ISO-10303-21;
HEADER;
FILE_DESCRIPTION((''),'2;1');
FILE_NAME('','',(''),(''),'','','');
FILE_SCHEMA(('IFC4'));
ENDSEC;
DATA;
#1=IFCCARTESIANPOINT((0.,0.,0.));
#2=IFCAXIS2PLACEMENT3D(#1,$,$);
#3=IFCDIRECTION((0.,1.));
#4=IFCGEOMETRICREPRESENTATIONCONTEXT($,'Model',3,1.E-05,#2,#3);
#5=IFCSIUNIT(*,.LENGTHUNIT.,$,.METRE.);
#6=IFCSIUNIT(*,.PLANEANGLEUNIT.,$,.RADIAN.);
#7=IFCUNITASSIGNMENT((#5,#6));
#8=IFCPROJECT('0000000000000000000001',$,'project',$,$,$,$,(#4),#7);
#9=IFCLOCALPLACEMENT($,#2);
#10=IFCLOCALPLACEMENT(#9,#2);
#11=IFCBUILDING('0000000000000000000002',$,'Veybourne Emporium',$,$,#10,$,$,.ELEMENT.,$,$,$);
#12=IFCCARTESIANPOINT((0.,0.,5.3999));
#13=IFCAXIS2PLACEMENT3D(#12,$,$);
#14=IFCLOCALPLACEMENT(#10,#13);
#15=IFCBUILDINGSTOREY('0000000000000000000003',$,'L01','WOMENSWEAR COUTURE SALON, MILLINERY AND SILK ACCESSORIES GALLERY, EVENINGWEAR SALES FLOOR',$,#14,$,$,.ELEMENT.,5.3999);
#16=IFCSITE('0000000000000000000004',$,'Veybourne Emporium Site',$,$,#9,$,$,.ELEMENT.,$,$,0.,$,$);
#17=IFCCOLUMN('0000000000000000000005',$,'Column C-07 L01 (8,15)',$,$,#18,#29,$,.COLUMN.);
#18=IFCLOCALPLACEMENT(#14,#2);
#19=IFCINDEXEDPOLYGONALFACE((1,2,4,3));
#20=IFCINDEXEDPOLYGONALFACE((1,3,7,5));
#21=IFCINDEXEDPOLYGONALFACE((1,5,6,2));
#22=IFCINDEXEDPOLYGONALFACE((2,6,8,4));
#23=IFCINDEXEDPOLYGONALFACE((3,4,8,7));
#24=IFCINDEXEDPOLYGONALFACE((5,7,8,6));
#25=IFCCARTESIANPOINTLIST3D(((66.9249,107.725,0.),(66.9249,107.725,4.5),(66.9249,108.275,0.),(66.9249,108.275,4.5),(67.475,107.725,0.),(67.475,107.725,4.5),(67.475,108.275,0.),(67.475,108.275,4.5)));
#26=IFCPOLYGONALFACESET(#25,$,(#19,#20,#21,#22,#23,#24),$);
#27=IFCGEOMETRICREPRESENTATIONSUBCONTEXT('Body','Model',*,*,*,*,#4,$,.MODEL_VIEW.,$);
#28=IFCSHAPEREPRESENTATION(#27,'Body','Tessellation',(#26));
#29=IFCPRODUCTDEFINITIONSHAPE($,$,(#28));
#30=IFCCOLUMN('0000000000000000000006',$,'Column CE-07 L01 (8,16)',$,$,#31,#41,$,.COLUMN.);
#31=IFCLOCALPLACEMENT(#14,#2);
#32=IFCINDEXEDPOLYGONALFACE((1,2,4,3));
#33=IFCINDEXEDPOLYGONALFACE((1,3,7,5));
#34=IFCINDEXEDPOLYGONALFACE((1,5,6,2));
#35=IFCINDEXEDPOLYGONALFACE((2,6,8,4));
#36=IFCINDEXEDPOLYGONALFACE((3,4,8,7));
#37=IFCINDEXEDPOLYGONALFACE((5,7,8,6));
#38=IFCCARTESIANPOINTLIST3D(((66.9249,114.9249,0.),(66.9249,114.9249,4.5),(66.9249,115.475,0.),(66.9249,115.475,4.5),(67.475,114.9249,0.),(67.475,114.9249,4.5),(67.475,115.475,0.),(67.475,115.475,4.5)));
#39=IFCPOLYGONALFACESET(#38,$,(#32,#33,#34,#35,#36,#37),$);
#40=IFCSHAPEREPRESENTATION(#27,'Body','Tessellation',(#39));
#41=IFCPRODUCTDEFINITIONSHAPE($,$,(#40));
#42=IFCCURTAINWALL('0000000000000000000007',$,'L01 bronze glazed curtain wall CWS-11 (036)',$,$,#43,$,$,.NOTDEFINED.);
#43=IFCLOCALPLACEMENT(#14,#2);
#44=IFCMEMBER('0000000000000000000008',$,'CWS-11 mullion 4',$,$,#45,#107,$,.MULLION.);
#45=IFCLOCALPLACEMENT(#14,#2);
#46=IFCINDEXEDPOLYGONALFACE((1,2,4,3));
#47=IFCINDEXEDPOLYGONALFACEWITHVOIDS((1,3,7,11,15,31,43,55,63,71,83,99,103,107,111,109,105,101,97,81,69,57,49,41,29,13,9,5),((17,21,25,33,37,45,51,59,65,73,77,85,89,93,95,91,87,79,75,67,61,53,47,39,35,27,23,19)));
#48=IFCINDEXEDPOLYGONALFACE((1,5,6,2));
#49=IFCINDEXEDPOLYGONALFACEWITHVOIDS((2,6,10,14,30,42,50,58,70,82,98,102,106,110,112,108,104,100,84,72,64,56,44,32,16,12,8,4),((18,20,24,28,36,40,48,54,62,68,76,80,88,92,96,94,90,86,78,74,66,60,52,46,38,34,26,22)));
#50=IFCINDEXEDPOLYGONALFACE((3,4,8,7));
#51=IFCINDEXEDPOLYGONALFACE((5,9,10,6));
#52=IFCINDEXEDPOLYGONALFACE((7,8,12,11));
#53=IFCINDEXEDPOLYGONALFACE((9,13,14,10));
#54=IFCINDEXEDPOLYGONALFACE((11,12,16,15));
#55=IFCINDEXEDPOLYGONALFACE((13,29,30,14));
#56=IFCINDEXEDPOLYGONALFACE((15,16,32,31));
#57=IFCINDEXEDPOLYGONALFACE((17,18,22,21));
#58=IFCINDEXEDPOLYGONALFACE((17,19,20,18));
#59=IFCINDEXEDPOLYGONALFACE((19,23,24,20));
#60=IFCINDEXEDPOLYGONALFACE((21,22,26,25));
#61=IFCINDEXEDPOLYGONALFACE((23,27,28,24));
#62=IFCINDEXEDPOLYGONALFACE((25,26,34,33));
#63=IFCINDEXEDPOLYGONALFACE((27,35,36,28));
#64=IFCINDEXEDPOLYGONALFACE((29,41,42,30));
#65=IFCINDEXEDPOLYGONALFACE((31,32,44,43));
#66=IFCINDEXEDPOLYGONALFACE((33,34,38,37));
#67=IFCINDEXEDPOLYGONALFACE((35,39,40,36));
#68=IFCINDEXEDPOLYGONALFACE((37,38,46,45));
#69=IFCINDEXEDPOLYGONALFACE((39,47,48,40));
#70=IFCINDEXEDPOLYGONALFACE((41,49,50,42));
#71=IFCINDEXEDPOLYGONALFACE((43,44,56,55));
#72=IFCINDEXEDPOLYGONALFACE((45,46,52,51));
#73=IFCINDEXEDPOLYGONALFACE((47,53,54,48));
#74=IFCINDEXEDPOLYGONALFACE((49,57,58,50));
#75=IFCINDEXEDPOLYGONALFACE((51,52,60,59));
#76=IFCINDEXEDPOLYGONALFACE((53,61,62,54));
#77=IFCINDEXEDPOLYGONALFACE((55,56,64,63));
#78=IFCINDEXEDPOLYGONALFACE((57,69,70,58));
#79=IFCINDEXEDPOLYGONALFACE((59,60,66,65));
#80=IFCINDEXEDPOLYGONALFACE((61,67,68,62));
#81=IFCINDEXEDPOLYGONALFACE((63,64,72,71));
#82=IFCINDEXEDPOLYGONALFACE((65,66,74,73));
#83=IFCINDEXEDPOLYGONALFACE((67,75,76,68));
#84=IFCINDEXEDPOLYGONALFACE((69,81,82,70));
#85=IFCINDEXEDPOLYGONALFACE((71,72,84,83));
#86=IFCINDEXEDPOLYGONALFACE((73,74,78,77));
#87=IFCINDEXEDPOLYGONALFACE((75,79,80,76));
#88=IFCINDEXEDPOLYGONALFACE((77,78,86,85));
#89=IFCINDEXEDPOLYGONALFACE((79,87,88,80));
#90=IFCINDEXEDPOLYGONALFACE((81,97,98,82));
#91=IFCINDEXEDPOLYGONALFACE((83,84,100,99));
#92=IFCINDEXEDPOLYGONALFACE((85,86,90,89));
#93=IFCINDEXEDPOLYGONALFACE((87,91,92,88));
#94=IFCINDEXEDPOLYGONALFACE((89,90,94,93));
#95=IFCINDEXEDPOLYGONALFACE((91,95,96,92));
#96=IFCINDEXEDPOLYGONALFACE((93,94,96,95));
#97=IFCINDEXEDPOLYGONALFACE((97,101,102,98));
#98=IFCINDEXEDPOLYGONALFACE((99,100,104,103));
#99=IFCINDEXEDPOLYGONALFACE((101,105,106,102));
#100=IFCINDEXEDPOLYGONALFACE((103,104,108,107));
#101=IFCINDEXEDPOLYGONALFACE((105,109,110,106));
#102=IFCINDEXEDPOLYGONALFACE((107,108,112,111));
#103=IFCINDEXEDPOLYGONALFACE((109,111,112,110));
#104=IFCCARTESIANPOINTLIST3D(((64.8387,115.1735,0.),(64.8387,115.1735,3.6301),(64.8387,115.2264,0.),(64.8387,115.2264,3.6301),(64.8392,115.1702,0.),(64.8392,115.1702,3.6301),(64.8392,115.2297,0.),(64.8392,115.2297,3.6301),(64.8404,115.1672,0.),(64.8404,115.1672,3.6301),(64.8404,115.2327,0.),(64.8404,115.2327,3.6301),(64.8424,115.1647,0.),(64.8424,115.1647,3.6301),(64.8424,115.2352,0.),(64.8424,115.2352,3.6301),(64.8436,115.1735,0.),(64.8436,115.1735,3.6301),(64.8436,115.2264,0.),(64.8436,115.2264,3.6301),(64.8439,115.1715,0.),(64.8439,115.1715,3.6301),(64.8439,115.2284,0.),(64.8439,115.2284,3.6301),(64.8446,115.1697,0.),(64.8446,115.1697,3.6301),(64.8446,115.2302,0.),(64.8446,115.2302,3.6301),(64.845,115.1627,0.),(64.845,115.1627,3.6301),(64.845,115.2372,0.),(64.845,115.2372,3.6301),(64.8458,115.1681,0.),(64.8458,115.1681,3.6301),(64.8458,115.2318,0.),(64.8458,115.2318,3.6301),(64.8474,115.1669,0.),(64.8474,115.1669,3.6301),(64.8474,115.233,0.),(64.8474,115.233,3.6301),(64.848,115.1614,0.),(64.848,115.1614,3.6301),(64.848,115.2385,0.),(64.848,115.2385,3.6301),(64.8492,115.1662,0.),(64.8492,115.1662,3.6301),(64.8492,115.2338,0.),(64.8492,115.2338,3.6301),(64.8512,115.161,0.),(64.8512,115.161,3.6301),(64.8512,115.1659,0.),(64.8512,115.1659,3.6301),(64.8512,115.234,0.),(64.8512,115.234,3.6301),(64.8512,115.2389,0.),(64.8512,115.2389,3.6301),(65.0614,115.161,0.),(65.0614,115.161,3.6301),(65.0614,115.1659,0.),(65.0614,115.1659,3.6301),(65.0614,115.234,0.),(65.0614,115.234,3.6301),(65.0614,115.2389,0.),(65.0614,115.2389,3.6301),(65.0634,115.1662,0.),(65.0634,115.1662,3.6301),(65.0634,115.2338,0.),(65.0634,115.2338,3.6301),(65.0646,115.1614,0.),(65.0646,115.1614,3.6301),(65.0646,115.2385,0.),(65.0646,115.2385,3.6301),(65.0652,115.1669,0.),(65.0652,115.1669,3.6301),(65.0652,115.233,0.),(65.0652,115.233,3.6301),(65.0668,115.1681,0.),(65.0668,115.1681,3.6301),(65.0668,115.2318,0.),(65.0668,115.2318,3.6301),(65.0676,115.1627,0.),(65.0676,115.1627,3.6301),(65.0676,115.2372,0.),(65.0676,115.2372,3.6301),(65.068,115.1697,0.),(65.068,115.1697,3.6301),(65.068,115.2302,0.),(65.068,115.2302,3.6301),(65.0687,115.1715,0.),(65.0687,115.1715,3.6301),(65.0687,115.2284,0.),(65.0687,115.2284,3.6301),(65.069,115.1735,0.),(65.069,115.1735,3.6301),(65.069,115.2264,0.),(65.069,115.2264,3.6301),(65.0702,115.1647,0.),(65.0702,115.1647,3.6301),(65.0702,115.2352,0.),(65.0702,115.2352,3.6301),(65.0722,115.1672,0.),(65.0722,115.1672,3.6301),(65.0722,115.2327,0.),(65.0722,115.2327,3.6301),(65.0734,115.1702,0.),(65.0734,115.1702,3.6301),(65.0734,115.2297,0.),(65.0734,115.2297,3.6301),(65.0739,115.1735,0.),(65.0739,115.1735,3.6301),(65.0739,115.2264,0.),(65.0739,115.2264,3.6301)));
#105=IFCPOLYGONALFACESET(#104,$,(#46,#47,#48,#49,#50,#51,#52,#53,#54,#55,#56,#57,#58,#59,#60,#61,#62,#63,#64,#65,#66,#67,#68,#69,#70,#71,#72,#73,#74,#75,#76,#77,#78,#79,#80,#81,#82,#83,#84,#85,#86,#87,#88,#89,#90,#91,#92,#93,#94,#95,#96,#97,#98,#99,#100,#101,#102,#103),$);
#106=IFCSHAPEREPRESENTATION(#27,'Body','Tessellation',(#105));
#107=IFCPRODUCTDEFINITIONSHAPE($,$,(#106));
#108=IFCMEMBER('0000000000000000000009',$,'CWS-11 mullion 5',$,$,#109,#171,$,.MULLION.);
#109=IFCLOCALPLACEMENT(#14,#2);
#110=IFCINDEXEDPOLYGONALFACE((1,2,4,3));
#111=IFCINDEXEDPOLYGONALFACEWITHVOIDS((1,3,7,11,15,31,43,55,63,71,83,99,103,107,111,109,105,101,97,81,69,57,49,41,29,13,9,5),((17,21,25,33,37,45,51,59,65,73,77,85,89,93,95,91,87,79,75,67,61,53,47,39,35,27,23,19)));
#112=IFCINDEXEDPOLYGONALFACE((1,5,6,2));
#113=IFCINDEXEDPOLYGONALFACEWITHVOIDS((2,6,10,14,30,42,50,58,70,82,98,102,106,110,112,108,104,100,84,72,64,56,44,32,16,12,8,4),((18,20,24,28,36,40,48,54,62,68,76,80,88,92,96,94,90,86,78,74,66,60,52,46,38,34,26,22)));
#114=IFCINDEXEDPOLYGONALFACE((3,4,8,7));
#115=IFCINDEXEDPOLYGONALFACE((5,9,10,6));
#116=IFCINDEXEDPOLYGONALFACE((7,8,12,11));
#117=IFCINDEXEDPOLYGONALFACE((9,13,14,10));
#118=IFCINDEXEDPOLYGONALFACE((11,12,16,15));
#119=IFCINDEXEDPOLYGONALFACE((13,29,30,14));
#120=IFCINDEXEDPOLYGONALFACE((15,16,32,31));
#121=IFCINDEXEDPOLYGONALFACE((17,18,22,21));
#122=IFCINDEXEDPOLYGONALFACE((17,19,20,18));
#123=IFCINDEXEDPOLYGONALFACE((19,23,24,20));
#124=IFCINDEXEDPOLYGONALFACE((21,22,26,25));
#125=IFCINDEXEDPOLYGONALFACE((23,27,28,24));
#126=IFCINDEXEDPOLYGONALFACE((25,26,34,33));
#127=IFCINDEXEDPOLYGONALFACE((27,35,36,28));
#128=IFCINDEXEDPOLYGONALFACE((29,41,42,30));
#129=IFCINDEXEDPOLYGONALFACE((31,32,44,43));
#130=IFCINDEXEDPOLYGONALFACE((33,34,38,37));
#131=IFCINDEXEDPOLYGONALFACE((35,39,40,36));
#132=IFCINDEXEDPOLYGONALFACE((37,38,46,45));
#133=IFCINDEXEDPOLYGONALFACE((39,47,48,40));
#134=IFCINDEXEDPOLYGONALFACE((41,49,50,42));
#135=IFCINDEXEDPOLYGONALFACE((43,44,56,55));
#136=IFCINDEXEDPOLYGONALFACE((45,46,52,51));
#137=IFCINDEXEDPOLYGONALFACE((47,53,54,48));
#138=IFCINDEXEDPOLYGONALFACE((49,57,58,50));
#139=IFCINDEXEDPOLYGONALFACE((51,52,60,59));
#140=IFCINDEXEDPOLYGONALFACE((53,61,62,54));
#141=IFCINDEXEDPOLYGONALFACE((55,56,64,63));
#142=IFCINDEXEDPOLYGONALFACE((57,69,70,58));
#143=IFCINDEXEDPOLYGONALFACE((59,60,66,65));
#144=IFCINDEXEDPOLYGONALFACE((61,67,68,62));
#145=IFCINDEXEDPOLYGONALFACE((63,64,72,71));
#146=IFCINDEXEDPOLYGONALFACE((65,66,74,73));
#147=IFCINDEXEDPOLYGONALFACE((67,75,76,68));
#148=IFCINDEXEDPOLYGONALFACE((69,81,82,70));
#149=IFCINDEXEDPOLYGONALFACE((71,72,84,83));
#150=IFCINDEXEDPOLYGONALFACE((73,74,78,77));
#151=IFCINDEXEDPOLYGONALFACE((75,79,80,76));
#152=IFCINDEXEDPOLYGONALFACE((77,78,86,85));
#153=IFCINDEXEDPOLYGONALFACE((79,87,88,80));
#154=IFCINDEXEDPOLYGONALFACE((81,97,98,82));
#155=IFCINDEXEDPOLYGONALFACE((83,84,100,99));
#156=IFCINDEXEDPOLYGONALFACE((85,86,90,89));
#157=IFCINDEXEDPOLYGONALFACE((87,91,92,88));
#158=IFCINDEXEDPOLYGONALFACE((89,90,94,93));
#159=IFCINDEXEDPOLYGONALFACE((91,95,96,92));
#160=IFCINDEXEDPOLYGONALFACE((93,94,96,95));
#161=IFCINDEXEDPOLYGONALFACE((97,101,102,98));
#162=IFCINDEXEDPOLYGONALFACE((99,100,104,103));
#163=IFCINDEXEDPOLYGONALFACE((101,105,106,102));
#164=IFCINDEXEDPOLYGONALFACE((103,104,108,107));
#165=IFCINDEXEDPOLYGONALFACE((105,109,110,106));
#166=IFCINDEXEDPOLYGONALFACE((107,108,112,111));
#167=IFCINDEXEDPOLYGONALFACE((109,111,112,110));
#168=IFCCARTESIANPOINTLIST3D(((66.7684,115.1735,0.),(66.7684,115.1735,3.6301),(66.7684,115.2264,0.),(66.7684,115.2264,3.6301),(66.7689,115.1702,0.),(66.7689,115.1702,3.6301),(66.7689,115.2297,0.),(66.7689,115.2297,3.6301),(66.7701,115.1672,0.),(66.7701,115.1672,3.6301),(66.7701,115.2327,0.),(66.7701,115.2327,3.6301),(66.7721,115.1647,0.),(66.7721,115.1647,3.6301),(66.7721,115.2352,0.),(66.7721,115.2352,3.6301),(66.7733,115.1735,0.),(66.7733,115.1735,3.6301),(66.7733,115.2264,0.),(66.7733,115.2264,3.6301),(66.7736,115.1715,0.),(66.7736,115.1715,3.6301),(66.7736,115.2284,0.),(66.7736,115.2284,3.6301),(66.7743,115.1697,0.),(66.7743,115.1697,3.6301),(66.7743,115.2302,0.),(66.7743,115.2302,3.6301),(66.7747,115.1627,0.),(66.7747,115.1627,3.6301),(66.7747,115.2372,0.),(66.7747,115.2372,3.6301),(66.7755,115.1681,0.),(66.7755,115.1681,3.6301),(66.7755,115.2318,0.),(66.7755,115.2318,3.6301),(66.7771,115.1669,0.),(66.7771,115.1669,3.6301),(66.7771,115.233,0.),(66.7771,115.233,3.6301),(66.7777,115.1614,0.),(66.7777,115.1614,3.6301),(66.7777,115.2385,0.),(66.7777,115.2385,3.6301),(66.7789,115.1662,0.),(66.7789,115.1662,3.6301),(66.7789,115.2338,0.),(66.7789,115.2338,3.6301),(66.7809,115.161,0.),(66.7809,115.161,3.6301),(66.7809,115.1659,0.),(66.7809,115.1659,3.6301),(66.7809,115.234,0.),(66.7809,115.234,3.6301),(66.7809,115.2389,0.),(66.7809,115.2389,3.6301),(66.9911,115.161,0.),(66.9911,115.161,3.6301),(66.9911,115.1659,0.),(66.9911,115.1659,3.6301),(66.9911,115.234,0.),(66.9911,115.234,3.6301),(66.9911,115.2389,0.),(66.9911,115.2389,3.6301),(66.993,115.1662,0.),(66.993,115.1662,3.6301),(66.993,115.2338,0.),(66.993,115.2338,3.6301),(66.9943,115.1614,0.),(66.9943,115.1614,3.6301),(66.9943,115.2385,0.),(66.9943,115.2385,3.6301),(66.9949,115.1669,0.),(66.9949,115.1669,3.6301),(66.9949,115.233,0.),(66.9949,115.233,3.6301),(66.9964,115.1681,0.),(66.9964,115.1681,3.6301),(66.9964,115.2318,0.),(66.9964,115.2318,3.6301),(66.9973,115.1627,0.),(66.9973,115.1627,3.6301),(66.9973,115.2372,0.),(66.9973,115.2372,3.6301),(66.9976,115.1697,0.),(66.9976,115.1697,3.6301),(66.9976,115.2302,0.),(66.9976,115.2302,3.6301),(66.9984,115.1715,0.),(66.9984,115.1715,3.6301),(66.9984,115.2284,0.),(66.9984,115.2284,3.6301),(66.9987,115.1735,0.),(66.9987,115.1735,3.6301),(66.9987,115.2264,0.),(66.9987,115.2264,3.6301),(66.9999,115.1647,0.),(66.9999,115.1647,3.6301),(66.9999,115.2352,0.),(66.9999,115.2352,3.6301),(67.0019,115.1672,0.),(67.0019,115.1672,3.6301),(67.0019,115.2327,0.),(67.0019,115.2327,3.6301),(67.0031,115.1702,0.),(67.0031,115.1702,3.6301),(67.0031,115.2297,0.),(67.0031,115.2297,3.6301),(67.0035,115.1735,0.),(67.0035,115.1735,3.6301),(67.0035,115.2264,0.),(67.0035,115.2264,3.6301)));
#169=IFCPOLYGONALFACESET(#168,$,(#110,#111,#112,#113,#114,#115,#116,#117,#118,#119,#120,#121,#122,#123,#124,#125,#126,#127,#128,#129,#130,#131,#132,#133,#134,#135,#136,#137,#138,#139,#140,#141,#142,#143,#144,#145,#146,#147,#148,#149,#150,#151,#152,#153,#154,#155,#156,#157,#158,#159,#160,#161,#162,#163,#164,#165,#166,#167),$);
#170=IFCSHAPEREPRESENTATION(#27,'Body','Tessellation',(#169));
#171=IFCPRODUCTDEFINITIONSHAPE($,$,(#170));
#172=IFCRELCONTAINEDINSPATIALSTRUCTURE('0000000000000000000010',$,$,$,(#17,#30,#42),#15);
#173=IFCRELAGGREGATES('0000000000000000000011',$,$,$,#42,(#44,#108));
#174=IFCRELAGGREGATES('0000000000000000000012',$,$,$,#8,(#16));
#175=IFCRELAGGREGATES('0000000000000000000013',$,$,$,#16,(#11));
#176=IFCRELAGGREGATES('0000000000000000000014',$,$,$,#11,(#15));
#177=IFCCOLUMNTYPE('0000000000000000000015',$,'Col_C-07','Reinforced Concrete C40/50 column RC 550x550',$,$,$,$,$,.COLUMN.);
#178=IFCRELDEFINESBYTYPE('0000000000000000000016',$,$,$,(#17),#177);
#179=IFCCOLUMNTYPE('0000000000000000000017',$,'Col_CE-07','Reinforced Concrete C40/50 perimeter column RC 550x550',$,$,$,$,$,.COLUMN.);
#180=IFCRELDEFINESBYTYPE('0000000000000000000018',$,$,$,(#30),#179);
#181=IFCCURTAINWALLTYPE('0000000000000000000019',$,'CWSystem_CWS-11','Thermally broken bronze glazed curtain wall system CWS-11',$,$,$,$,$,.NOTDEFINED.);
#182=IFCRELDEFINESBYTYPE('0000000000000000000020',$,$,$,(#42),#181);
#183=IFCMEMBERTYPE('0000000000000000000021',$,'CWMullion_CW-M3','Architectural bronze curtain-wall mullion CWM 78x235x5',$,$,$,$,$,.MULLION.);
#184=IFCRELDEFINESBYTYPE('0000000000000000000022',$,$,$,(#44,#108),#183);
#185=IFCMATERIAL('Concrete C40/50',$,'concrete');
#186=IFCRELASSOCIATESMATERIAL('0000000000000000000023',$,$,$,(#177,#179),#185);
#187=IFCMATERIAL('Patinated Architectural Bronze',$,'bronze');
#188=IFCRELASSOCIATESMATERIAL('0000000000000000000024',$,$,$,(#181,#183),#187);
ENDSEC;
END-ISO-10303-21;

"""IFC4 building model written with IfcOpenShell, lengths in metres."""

from ifc_helpers import new_model, si_unit, direction, frame, origin, origin_2d, place, context, subcontext, project, spatial, rectangle, hollow_rectangle, extrude, material, material_profile, profile_set, type_object, element, aggregate, save


model = new_model("IFC4")

# Units and contexts
model_context = context("Model", 3, precision=1e-05, world=origin(), true_north=direction((0.0, 1.0)))
body_context = subcontext(model_context, "Body", "Model", "MODEL_VIEW")
ifc_project = project(units=[si_unit("LENGTHUNIT", "METRE"), si_unit("PLANEANGLEUNIT", "RADIAN")], contexts=[model_context])

# Site, building, storey
site_placement = place(None, origin())
site = spatial("IfcSite", under=ifc_project, at=site_placement, Name="Veybourne Emporium Site", CompositionType="ELEMENT", RefElevation=0.0)
building_placement = place(site_placement, origin())
building = spatial("IfcBuilding", under=site, at=building_placement, Name="Veybourne Emporium", CompositionType="ELEMENT")
storey_placement = place(building_placement, frame((0.0, 0.0, 5.3999)))
storey = spatial("IfcBuildingStorey", under=building, at=storey_placement, Name="L01", Description="WOMENSWEAR COUTURE SALON, MILLINERY AND SILK ACCESSORIES GALLERY, EVENINGWEAR SALES FLOOR", CompositionType="ELEMENT", Elevation=5.3999)

# Columns
ifc_material_1 = material(Name="Concrete C40/50", Category="concrete")
ifc_material_profile_1 = material_profile(ifc_material_1, rectangle(XDim=0.55, YDim=0.55, at=origin_2d()), Name="RC 550x550")
ifc_profile_set_1 = profile_set([ifc_material_profile_1], Name="Concrete C40/50")
column_type_1 = type_object("IfcColumnType", Name="Col_C-07", Description="Reinforced Concrete C40/50 column RC 550x550", PredefinedType="COLUMN", material=ifc_profile_set_1)
column_1_placement = place(storey_placement, frame((67.2, 108.0, 0.0), z_axis=(0.0, 0.0, 1.0), x_axis=(1.0, 0.0, 0.0)))
element("IfcColumn", 1, at=column_1_placement, inside=storey, type_object=column_type_1, Name="Column C-07 L01 (8,15)", PredefinedType="COLUMN", context=body_context, shape_type="SweptSolid", body=[
    extrude(rectangle(XDim=0.55, YDim=0.55, at=origin_2d()), origin(), (0.0, 0.0, 1.0), 4.5),
])
ifc_material_profile_2 = material_profile(ifc_material_1, rectangle(XDim=0.55, YDim=0.55, at=origin_2d()), Name="RC 550x550")
ifc_profile_set_2 = profile_set([ifc_material_profile_2], Name="Concrete C40/50")
column_type_2 = type_object("IfcColumnType", Name="Col_CE-07", Description="Reinforced Concrete C40/50 perimeter column RC 550x550", PredefinedType="COLUMN", material=ifc_profile_set_2)
column_2_placement = place(storey_placement, frame((67.2, 115.2, 0.0), z_axis=(0.0, 0.0, 1.0), x_axis=(1.0, 0.0, 0.0)))
element("IfcColumn", 2, at=column_2_placement, inside=storey, type_object=column_type_2, Name="Column CE-07 L01 (8,16)", PredefinedType="COLUMN", context=body_context, shape_type="SweptSolid", body=[
    extrude(rectangle(XDim=0.55, YDim=0.55, at=origin_2d()), origin(), (0.0, 0.0, 1.0), 4.5),
])

# Curtain wall, members
ifc_material_2 = material(Name="Patinated Architectural Bronze", Category="bronze")
curtain_wall_type = type_object("IfcCurtainWallType", Name="CWSystem_CWS-11", Description="Thermally broken bronze glazed curtain wall system CWS-11", PredefinedType="NOTDEFINED", material=ifc_material_2)
curtain_wall_placement = place(storey_placement, origin())
curtain_wall = element("IfcCurtainWall", 3, at=curtain_wall_placement, inside=storey, type_object=curtain_wall_type, Name="L01 bronze glazed curtain wall CWS-11 (036)", PredefinedType="NOTDEFINED")
ifc_material_profile_3 = material_profile(ifc_material_2, hollow_rectangle(XDim=0.0779, YDim=0.2351, WallThickness=0.0049, InnerFilletRadius=0.0076, OuterFilletRadius=0.0125, at=origin_2d()), Name="CWM 78x235x5")
ifc_profile_set_3 = profile_set([ifc_material_profile_3], Name="Patinated Architectural Bronze")
member_type_1 = type_object("IfcMemberType", Name="CWMullion_CW-M3", Description="Architectural bronze curtain-wall mullion CWM 78x235x5", PredefinedType="MULLION", material=ifc_profile_set_3)
member_1_placement = place(storey_placement, frame((64.9563, 115.2, 0.0), z_axis=(0.0, 0.0, 1.0), x_axis=(0.0, 1.0, 0.0)))
member_1 = element("IfcMember", 4, at=member_1_placement, type_object=member_type_1, Name="CWS-11 mullion 4", PredefinedType="MULLION", context=body_context, shape_type="SweptSolid", body=[
    extrude(hollow_rectangle(XDim=0.0779, YDim=0.2351, WallThickness=0.0049, InnerFilletRadius=0.0076, OuterFilletRadius=0.0125, at=origin_2d()), origin(), (0.0, 0.0, 1.0), 3.6301),
])
member_2_placement = place(storey_placement, frame((66.886, 115.2, 0.0), z_axis=(0.0, 0.0, 1.0), x_axis=(0.0, 1.0, 0.0)))
member_2 = element("IfcMember", 5, at=member_2_placement, type_object=member_type_1, Name="CWS-11 mullion 5", PredefinedType="MULLION", context=body_context, shape_type="SweptSolid", body=[
    extrude(hollow_rectangle(XDim=0.0779, YDim=0.2351, WallThickness=0.0049, InnerFilletRadius=0.0076, OuterFilletRadius=0.0125, at=origin_2d()), origin(), (0.0, 0.0, 1.0), 3.6301),
])

aggregate(curtain_wall, [member_1, member_2])

save(model, "model.ifc")
